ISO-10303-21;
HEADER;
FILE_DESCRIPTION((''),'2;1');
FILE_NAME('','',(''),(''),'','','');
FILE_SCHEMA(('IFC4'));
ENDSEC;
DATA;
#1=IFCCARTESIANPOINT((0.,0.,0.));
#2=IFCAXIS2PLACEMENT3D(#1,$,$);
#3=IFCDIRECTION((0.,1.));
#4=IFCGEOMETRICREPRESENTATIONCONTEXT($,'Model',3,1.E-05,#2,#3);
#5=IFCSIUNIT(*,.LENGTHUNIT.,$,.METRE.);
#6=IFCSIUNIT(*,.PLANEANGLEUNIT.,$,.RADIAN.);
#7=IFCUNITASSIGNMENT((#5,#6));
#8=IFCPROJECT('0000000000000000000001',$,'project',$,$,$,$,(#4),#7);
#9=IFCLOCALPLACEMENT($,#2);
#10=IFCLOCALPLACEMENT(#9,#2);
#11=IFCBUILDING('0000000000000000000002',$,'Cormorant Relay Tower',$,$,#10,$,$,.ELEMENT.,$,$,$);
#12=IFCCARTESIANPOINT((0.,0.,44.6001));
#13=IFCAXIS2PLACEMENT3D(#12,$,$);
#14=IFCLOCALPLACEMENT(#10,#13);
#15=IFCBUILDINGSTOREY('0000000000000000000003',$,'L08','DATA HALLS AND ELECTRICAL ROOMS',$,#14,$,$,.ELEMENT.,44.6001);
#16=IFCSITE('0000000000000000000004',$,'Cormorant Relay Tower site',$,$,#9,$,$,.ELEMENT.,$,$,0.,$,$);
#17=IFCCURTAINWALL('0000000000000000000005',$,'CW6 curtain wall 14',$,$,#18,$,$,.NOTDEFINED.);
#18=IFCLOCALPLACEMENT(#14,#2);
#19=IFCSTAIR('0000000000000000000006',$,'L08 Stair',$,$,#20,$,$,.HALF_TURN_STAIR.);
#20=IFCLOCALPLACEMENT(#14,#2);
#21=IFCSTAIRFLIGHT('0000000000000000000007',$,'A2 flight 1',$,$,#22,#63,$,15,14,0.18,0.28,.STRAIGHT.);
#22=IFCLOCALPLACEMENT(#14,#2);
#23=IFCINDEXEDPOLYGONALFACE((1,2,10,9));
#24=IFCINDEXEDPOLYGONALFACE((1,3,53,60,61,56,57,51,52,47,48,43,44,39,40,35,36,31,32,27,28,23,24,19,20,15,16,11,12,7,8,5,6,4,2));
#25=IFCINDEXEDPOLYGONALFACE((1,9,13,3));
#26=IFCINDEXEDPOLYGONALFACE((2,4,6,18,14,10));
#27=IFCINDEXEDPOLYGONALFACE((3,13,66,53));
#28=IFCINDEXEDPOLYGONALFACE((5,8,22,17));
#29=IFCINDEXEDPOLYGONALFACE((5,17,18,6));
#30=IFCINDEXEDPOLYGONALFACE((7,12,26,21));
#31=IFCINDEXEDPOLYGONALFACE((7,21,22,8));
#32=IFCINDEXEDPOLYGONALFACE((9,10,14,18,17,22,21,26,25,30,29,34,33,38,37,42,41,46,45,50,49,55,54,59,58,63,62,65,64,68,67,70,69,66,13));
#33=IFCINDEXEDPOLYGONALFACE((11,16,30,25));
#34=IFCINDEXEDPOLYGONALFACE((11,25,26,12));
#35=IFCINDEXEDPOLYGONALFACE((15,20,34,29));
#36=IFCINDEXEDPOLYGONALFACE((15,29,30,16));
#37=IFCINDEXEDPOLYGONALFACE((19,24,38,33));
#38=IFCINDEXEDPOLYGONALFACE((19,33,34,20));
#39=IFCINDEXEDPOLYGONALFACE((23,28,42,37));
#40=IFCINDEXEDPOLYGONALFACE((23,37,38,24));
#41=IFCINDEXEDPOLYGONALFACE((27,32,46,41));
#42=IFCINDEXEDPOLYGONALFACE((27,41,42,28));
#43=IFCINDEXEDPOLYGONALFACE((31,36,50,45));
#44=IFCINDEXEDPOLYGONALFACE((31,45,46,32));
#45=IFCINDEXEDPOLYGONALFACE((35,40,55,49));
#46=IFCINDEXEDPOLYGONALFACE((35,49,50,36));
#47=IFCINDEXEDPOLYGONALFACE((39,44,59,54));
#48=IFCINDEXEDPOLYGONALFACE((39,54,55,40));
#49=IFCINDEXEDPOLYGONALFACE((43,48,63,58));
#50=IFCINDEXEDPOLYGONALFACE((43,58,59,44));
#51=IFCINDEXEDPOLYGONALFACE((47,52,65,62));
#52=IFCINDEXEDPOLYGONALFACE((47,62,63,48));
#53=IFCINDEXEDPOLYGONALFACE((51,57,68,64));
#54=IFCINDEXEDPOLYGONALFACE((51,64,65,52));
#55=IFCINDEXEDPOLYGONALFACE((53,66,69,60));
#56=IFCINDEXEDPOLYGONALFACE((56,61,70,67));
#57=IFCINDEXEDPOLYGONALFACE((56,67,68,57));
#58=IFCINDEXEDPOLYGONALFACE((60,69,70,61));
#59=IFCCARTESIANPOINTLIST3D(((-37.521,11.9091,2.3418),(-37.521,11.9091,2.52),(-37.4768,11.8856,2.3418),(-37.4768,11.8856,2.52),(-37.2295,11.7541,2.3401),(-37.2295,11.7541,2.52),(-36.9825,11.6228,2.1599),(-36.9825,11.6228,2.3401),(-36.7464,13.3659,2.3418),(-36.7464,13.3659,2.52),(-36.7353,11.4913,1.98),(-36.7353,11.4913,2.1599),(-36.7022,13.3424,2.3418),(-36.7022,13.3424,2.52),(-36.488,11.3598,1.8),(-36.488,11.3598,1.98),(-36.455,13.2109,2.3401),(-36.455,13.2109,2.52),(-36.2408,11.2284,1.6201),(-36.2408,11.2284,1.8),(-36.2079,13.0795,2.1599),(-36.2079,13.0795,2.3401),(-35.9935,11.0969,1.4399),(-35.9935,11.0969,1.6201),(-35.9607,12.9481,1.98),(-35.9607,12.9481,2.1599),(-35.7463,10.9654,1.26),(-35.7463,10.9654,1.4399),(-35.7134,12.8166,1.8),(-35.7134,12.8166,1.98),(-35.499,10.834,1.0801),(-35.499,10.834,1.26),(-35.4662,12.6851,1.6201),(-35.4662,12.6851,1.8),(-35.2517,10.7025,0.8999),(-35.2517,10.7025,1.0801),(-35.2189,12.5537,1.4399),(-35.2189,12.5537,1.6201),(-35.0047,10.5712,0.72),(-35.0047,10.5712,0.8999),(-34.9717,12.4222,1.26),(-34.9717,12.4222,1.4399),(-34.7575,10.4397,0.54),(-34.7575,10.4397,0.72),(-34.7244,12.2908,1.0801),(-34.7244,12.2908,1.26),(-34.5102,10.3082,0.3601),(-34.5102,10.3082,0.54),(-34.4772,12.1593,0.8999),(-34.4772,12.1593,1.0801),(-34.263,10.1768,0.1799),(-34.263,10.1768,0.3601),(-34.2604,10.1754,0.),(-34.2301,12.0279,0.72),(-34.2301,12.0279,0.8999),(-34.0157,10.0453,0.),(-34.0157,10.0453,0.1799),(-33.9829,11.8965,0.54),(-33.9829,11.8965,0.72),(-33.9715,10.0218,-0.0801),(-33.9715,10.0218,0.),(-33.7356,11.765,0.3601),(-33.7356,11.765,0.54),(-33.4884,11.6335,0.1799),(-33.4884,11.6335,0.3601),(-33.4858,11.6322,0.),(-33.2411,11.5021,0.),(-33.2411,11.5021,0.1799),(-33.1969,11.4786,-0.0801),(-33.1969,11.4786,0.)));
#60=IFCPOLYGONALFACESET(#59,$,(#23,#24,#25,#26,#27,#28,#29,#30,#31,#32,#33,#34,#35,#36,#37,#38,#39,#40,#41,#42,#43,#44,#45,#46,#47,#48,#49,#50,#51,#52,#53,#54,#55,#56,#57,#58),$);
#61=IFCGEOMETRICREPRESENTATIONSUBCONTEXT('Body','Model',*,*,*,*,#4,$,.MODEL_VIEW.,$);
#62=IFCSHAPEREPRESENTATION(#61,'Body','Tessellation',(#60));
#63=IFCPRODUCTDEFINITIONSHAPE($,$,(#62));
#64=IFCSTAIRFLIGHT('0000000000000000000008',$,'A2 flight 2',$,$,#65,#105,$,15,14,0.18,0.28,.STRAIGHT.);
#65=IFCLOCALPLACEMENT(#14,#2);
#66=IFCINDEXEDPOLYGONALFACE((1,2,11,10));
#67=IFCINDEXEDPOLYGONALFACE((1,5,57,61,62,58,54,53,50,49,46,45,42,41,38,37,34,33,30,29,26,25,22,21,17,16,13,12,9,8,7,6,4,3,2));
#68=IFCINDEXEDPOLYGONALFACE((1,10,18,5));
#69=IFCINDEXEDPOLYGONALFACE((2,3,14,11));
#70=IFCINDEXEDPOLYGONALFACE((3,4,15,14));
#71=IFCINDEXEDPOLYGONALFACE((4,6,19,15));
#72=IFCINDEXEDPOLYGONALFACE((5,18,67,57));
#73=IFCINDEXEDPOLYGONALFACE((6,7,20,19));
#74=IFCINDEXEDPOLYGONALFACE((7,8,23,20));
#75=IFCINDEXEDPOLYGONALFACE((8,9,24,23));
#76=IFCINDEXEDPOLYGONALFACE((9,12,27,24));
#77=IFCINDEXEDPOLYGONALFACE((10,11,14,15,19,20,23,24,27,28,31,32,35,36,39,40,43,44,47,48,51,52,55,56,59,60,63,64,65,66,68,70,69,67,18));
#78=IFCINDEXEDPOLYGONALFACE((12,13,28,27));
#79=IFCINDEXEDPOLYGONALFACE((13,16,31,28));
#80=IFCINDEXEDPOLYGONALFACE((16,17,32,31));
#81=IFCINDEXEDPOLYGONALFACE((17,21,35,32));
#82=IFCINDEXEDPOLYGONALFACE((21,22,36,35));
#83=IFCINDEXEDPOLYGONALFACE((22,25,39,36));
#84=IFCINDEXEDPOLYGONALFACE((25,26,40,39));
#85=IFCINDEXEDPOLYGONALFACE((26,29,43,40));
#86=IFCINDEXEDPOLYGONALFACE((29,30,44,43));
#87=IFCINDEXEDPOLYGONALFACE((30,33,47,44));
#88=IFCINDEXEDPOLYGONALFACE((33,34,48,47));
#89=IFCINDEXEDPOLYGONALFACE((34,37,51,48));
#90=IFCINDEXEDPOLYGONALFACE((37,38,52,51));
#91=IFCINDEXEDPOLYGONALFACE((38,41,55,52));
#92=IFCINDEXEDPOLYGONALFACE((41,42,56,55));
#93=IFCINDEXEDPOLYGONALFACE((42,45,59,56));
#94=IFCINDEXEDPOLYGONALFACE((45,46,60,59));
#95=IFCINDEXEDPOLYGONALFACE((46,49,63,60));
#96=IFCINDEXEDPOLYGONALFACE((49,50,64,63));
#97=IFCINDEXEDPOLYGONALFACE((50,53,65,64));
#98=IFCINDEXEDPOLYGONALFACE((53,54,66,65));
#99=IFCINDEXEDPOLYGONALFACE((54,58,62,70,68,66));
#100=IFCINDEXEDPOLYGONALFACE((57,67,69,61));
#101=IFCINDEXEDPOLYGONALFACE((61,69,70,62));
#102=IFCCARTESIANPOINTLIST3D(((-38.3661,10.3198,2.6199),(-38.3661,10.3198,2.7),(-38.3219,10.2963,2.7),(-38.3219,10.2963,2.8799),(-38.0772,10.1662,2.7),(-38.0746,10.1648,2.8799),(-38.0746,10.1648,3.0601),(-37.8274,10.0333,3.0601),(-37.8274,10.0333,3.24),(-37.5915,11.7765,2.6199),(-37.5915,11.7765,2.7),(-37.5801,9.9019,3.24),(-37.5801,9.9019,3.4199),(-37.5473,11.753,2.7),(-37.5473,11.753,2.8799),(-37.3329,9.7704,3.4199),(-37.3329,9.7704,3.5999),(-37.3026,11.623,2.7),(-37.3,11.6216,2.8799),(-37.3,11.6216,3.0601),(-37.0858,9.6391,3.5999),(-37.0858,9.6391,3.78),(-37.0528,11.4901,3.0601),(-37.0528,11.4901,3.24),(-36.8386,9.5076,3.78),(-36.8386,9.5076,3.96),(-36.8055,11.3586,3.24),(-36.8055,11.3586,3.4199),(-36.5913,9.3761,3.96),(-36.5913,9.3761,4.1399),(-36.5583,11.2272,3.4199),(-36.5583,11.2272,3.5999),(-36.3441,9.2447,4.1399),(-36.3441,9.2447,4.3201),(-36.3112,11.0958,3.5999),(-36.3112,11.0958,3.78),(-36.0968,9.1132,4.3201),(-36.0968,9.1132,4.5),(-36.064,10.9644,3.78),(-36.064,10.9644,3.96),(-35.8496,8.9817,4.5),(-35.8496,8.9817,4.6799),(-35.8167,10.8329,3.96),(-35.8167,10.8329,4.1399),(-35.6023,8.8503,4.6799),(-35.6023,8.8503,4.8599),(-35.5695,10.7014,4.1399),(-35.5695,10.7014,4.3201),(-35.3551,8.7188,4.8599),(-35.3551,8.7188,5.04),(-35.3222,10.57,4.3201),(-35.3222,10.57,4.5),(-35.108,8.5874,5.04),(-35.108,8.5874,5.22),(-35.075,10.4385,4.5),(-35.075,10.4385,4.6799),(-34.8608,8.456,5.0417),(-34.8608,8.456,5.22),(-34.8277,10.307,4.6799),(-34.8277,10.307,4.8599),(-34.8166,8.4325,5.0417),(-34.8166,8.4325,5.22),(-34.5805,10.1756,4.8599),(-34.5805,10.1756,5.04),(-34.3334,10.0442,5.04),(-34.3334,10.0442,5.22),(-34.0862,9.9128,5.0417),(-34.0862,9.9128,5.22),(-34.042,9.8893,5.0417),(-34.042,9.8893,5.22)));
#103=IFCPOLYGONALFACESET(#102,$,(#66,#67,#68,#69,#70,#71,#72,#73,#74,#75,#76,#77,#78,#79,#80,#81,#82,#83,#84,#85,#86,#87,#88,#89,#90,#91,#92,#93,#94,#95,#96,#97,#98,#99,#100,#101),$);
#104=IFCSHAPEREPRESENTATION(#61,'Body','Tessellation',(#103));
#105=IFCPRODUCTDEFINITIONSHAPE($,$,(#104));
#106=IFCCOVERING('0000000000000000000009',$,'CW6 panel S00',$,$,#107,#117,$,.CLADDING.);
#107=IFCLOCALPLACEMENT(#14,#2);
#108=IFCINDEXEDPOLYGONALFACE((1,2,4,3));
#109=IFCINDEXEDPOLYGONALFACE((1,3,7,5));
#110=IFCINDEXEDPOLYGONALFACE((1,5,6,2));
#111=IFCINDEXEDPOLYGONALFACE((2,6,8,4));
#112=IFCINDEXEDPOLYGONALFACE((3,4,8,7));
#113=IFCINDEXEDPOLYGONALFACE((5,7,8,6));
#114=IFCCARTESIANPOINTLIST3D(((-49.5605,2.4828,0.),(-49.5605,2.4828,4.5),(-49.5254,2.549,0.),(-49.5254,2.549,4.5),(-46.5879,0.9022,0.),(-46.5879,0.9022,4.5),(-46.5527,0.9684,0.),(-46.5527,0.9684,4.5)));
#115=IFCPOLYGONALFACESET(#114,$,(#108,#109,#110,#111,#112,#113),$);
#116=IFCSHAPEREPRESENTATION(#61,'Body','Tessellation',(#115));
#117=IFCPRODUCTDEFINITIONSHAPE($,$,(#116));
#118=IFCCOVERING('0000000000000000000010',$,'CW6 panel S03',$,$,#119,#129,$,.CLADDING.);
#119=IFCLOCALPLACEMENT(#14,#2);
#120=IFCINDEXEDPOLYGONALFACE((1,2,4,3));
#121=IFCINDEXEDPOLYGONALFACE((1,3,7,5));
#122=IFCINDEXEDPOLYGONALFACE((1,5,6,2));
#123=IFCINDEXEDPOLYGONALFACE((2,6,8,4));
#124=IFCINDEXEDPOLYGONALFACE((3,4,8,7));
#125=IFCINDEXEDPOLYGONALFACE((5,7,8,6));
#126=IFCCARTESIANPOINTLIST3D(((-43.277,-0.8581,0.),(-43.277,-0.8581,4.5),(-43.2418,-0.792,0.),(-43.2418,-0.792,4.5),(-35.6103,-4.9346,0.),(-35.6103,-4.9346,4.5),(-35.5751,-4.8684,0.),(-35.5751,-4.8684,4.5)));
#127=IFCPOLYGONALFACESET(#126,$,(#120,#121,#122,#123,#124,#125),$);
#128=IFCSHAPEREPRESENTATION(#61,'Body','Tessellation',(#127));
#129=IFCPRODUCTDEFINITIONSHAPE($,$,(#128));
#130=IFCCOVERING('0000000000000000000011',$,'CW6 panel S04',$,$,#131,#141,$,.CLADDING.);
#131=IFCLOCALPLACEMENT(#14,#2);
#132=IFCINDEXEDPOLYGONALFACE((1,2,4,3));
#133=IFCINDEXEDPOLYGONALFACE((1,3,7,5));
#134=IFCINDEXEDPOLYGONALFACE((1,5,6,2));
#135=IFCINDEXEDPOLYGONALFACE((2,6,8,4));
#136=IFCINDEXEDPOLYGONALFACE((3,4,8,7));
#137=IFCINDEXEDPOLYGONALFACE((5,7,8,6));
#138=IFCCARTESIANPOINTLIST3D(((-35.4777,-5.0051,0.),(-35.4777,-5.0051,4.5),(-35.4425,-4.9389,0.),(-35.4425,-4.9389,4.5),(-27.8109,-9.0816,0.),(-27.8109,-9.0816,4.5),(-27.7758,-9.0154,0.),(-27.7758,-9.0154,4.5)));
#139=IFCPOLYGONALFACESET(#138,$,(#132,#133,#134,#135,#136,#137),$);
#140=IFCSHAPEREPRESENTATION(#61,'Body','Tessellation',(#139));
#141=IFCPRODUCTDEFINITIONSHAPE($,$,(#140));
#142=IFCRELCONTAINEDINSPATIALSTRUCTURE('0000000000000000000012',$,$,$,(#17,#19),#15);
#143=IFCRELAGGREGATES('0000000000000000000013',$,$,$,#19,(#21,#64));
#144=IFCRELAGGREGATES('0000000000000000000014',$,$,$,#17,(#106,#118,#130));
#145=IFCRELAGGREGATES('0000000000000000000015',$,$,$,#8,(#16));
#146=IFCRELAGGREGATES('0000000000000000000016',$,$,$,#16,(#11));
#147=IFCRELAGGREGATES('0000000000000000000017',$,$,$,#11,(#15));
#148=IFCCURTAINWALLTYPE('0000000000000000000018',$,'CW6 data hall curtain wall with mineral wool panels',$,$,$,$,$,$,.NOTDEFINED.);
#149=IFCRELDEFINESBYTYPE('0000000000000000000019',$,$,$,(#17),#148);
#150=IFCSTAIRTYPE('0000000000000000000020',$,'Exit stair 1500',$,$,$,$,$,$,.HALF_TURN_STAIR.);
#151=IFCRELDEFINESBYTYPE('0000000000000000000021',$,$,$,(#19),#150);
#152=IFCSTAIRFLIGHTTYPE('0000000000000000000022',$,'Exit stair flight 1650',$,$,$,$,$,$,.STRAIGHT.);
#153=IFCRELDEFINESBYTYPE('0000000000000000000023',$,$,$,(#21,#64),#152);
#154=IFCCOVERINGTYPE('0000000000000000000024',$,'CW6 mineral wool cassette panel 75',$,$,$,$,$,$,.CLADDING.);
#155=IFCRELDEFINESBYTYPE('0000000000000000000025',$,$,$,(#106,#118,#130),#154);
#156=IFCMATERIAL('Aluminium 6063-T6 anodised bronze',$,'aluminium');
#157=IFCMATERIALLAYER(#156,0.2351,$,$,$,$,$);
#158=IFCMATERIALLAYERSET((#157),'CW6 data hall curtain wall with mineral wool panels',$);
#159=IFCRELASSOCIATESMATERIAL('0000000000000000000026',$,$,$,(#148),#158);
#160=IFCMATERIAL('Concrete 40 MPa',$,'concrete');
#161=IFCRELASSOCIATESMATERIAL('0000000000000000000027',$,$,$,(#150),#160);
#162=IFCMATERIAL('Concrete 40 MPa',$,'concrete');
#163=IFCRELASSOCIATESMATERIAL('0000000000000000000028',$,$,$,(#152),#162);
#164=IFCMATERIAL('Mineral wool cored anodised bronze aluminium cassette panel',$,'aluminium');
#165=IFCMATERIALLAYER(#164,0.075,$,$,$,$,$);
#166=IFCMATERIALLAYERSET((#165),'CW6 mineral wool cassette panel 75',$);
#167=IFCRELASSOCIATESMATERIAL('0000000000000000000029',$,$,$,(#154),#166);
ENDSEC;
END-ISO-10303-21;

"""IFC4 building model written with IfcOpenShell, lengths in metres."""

from ifc_helpers import new_model, si_unit, direction, frame, origin, origin_2d, place, context, subcontext, project, spatial, polyline, rectangle, outline, extrude, material, layer, layer_set, type_object, element, aggregate, save


model = new_model("IFC4")

# Units and contexts
model_context = context("Model", 3, precision=1e-05, world=origin(), true_north=direction((0.0, 1.0)))
body_context = subcontext(model_context, "Body", "Model", "MODEL_VIEW")
ifc_project = project(units=[si_unit("LENGTHUNIT", "METRE"), si_unit("PLANEANGLEUNIT", "RADIAN")], contexts=[model_context])

# Site, building, storey
site_placement = place(None, origin())
site = spatial("IfcSite", under=ifc_project, at=site_placement, Name="Cormorant Relay Tower site", CompositionType="ELEMENT", RefElevation=0.0)
building_placement = place(site_placement, origin())
building = spatial("IfcBuilding", under=site, at=building_placement, Name="Cormorant Relay Tower", CompositionType="ELEMENT")
storey_placement = place(building_placement, frame((0.0, 0.0, 44.6001)))
storey = spatial("IfcBuildingStorey", under=building, at=storey_placement, Name="L08", Description="DATA HALLS AND ELECTRICAL ROOMS", CompositionType="ELEMENT", Elevation=44.6001)

# Curtain wall
ifc_material_1 = material(Name="Aluminium 6063-T6 anodised bronze", Category="aluminium")
ifc_layer_1 = layer(ifc_material_1, 0.2351)
ifc_layer_set_1 = layer_set([ifc_layer_1], Name="CW6 data hall curtain wall with mineral wool panels")
curtain_wall_type = type_object("IfcCurtainWallType", Name="CW6 data hall curtain wall with mineral wool panels", PredefinedType="NOTDEFINED", material=ifc_layer_set_1)
curtain_wall_placement = place(storey_placement, origin())
curtain_wall = element("IfcCurtainWall", 1, at=curtain_wall_placement, inside=storey, type_object=curtain_wall_type, Name="CW6 curtain wall 14", PredefinedType="NOTDEFINED")

# Stair, stair flights
ifc_material_2 = material(Name="Concrete 40 MPa", Category="concrete")
stair_type = type_object("IfcStairType", Name="Exit stair 1500", PredefinedType="HALF_TURN_STAIR", material=ifc_material_2)
stair_placement = place(storey_placement, origin())
stair = element("IfcStair", 2, at=stair_placement, inside=storey, type_object=stair_type, Name="L08 Stair", PredefinedType="HALF_TURN_STAIR")
ifc_material_3 = material(Name="Concrete 40 MPa", Category="concrete")
stair_flight_type = type_object("IfcStairFlightType", Name="Exit stair flight 1650", PredefinedType="STRAIGHT", material=ifc_material_3)
stair_flight_1_placement = place(storey_placement, frame((-33.6284, 10.7737, 0.0), z_axis=(0.0, 0.0, 1.0), x_axis=(-0.882948, 0.469472, 0.0)))
stair_flight_1 = element("IfcStairFlight", 3, at=stair_flight_1_placement, type_object=stair_flight_type, Name="A2 flight 1", NumberOfRisers=15, NumberOfTreads=14, PredefinedType="STRAIGHT", RiserHeight=0.18, TreadLength=0.28, context=body_context, shape_type="SweptSolid", body=[
    extrude(outline(polyline([(-0.05, -0.0801), (-0.05, 0.0), (0.0, 0.0), (0.0, 0.1799), (0.28, 0.1799), (0.28, 0.3601), (0.5601, 0.3601), (0.5601, 0.54), (0.8401, 0.54), (0.8401, 0.72), (1.1201, 0.72), (1.1201, 0.8999), (1.3999, 0.8999), (1.3999, 1.0801), (1.6799, 1.0801), (1.6799, 1.26), (1.96, 1.26), (1.96, 1.4399), (2.24, 1.4399), (2.24, 1.6201), (2.52, 1.6201), (2.52, 1.8), (2.8, 1.8), (2.8, 1.98), (3.0801, 1.98), (3.0801, 2.1599), (3.3601, 2.1599), (3.3601, 2.3401), (3.6399, 2.3401), (3.6399, 2.52), (3.9199, 2.52), (3.97, 2.52), (3.97, 2.3418), (3.9199, 2.3418), (0.2771, 0.0), (-0.05, -0.0801)])), frame((0.0, 0.825, 0.0), z_axis=(0.0, -1.0, 0.0), x_axis=(1.0, 0.0, 0.0)), (0.0, 0.0, 1.0), 1.6499),
])
stair_flight_2_placement = place(storey_placement, frame((-37.9346, 11.0247, 2.7), z_axis=(0.0, 0.0, 1.0), x_axis=(0.882948, -0.469472, 0.0)))
stair_flight_2 = element("IfcStairFlight", 4, at=stair_flight_2_placement, type_object=stair_flight_type, Name="A2 flight 2", NumberOfRisers=15, NumberOfTreads=14, PredefinedType="STRAIGHT", RiserHeight=0.18, TreadLength=0.28, context=body_context, shape_type="SweptSolid", body=[
    extrude(outline(polyline([(-0.05, -0.0801), (-0.05, 0.0), (0.0, 0.0), (0.0, 0.1799), (0.28, 0.1799), (0.28, 0.3601), (0.5601, 0.3601), (0.5601, 0.54), (0.8401, 0.54), (0.8401, 0.72), (1.1201, 0.72), (1.1201, 0.8999), (1.3999, 0.8999), (1.3999, 1.0801), (1.6799, 1.0801), (1.6799, 1.26), (1.96, 1.26), (1.96, 1.4399), (2.24, 1.4399), (2.24, 1.6201), (2.52, 1.6201), (2.52, 1.8), (2.8, 1.8), (2.8, 1.98), (3.0801, 1.98), (3.0801, 2.1599), (3.3601, 2.1599), (3.3601, 2.3401), (3.6399, 2.3401), (3.6399, 2.52), (3.9199, 2.52), (3.97, 2.52), (3.97, 2.3418), (3.9199, 2.3418), (0.2771, 0.0), (-0.05, -0.0801)])), frame((0.0, 0.825, 0.0), z_axis=(0.0, -1.0, 0.0), x_axis=(1.0, 0.0, 0.0)), (0.0, 0.0, 1.0), 1.6499),
])
aggregate(stair, [stair_flight_1, stair_flight_2])

# Coverings
ifc_material_4 = material(Name="Mineral wool cored anodised bronze aluminium cassette panel", Category="aluminium")
ifc_layer_2 = layer(ifc_material_4, 0.075)
ifc_layer_set_2 = layer_set([ifc_layer_2], Name="CW6 mineral wool cassette panel 75")
covering_type = type_object("IfcCoveringType", Name="CW6 mineral wool cassette panel 75", PredefinedType="CLADDING", material=ifc_layer_set_2)
covering_1_placement = place(storey_placement, frame((-48.0566, 1.7256, 0.0), z_axis=(0.0, 0.0, 1.0), x_axis=(0.882948, -0.469472, 0.0)))
covering_1 = element("IfcCovering", 5, at=covering_1_placement, type_object=covering_type, Name="CW6 panel S00", PredefinedType="CLADDING", context=body_context, shape_type="SweptSolid", body=[
    extrude(rectangle(XDim=3.3667, YDim=0.075, at=origin_2d()), origin(), (0.0, 0.0, 1.0), 4.5),
])
covering_2_placement = place(storey_placement, frame((-39.426, -2.8633, 0.0), z_axis=(0.0, 0.0, 1.0), x_axis=(0.882948, -0.469472, 0.0)))
covering_2 = element("IfcCovering", 6, at=covering_2_placement, type_object=covering_type, Name="CW6 panel S03", PredefinedType="CLADDING", context=body_context, shape_type="SweptSolid", body=[
    extrude(rectangle(XDim=8.6831, YDim=0.075, at=origin_2d()), origin(), (0.0, 0.0, 1.0), 4.5),
])
covering_3_placement = place(storey_placement, frame((-31.6267, -7.0103, 0.0), z_axis=(0.0, 0.0, 1.0), x_axis=(0.882948, -0.469472, 0.0)))
covering_3 = element("IfcCovering", 7, at=covering_3_placement, type_object=covering_type, Name="CW6 panel S04", PredefinedType="CLADDING", context=body_context, shape_type="SweptSolid", body=[
    extrude(rectangle(XDim=8.6831, YDim=0.075, at=origin_2d()), origin(), (0.0, 0.0, 1.0), 4.5),
])
aggregate(curtain_wall, [covering_1, covering_2, covering_3])

save(model, "model.ifc")
